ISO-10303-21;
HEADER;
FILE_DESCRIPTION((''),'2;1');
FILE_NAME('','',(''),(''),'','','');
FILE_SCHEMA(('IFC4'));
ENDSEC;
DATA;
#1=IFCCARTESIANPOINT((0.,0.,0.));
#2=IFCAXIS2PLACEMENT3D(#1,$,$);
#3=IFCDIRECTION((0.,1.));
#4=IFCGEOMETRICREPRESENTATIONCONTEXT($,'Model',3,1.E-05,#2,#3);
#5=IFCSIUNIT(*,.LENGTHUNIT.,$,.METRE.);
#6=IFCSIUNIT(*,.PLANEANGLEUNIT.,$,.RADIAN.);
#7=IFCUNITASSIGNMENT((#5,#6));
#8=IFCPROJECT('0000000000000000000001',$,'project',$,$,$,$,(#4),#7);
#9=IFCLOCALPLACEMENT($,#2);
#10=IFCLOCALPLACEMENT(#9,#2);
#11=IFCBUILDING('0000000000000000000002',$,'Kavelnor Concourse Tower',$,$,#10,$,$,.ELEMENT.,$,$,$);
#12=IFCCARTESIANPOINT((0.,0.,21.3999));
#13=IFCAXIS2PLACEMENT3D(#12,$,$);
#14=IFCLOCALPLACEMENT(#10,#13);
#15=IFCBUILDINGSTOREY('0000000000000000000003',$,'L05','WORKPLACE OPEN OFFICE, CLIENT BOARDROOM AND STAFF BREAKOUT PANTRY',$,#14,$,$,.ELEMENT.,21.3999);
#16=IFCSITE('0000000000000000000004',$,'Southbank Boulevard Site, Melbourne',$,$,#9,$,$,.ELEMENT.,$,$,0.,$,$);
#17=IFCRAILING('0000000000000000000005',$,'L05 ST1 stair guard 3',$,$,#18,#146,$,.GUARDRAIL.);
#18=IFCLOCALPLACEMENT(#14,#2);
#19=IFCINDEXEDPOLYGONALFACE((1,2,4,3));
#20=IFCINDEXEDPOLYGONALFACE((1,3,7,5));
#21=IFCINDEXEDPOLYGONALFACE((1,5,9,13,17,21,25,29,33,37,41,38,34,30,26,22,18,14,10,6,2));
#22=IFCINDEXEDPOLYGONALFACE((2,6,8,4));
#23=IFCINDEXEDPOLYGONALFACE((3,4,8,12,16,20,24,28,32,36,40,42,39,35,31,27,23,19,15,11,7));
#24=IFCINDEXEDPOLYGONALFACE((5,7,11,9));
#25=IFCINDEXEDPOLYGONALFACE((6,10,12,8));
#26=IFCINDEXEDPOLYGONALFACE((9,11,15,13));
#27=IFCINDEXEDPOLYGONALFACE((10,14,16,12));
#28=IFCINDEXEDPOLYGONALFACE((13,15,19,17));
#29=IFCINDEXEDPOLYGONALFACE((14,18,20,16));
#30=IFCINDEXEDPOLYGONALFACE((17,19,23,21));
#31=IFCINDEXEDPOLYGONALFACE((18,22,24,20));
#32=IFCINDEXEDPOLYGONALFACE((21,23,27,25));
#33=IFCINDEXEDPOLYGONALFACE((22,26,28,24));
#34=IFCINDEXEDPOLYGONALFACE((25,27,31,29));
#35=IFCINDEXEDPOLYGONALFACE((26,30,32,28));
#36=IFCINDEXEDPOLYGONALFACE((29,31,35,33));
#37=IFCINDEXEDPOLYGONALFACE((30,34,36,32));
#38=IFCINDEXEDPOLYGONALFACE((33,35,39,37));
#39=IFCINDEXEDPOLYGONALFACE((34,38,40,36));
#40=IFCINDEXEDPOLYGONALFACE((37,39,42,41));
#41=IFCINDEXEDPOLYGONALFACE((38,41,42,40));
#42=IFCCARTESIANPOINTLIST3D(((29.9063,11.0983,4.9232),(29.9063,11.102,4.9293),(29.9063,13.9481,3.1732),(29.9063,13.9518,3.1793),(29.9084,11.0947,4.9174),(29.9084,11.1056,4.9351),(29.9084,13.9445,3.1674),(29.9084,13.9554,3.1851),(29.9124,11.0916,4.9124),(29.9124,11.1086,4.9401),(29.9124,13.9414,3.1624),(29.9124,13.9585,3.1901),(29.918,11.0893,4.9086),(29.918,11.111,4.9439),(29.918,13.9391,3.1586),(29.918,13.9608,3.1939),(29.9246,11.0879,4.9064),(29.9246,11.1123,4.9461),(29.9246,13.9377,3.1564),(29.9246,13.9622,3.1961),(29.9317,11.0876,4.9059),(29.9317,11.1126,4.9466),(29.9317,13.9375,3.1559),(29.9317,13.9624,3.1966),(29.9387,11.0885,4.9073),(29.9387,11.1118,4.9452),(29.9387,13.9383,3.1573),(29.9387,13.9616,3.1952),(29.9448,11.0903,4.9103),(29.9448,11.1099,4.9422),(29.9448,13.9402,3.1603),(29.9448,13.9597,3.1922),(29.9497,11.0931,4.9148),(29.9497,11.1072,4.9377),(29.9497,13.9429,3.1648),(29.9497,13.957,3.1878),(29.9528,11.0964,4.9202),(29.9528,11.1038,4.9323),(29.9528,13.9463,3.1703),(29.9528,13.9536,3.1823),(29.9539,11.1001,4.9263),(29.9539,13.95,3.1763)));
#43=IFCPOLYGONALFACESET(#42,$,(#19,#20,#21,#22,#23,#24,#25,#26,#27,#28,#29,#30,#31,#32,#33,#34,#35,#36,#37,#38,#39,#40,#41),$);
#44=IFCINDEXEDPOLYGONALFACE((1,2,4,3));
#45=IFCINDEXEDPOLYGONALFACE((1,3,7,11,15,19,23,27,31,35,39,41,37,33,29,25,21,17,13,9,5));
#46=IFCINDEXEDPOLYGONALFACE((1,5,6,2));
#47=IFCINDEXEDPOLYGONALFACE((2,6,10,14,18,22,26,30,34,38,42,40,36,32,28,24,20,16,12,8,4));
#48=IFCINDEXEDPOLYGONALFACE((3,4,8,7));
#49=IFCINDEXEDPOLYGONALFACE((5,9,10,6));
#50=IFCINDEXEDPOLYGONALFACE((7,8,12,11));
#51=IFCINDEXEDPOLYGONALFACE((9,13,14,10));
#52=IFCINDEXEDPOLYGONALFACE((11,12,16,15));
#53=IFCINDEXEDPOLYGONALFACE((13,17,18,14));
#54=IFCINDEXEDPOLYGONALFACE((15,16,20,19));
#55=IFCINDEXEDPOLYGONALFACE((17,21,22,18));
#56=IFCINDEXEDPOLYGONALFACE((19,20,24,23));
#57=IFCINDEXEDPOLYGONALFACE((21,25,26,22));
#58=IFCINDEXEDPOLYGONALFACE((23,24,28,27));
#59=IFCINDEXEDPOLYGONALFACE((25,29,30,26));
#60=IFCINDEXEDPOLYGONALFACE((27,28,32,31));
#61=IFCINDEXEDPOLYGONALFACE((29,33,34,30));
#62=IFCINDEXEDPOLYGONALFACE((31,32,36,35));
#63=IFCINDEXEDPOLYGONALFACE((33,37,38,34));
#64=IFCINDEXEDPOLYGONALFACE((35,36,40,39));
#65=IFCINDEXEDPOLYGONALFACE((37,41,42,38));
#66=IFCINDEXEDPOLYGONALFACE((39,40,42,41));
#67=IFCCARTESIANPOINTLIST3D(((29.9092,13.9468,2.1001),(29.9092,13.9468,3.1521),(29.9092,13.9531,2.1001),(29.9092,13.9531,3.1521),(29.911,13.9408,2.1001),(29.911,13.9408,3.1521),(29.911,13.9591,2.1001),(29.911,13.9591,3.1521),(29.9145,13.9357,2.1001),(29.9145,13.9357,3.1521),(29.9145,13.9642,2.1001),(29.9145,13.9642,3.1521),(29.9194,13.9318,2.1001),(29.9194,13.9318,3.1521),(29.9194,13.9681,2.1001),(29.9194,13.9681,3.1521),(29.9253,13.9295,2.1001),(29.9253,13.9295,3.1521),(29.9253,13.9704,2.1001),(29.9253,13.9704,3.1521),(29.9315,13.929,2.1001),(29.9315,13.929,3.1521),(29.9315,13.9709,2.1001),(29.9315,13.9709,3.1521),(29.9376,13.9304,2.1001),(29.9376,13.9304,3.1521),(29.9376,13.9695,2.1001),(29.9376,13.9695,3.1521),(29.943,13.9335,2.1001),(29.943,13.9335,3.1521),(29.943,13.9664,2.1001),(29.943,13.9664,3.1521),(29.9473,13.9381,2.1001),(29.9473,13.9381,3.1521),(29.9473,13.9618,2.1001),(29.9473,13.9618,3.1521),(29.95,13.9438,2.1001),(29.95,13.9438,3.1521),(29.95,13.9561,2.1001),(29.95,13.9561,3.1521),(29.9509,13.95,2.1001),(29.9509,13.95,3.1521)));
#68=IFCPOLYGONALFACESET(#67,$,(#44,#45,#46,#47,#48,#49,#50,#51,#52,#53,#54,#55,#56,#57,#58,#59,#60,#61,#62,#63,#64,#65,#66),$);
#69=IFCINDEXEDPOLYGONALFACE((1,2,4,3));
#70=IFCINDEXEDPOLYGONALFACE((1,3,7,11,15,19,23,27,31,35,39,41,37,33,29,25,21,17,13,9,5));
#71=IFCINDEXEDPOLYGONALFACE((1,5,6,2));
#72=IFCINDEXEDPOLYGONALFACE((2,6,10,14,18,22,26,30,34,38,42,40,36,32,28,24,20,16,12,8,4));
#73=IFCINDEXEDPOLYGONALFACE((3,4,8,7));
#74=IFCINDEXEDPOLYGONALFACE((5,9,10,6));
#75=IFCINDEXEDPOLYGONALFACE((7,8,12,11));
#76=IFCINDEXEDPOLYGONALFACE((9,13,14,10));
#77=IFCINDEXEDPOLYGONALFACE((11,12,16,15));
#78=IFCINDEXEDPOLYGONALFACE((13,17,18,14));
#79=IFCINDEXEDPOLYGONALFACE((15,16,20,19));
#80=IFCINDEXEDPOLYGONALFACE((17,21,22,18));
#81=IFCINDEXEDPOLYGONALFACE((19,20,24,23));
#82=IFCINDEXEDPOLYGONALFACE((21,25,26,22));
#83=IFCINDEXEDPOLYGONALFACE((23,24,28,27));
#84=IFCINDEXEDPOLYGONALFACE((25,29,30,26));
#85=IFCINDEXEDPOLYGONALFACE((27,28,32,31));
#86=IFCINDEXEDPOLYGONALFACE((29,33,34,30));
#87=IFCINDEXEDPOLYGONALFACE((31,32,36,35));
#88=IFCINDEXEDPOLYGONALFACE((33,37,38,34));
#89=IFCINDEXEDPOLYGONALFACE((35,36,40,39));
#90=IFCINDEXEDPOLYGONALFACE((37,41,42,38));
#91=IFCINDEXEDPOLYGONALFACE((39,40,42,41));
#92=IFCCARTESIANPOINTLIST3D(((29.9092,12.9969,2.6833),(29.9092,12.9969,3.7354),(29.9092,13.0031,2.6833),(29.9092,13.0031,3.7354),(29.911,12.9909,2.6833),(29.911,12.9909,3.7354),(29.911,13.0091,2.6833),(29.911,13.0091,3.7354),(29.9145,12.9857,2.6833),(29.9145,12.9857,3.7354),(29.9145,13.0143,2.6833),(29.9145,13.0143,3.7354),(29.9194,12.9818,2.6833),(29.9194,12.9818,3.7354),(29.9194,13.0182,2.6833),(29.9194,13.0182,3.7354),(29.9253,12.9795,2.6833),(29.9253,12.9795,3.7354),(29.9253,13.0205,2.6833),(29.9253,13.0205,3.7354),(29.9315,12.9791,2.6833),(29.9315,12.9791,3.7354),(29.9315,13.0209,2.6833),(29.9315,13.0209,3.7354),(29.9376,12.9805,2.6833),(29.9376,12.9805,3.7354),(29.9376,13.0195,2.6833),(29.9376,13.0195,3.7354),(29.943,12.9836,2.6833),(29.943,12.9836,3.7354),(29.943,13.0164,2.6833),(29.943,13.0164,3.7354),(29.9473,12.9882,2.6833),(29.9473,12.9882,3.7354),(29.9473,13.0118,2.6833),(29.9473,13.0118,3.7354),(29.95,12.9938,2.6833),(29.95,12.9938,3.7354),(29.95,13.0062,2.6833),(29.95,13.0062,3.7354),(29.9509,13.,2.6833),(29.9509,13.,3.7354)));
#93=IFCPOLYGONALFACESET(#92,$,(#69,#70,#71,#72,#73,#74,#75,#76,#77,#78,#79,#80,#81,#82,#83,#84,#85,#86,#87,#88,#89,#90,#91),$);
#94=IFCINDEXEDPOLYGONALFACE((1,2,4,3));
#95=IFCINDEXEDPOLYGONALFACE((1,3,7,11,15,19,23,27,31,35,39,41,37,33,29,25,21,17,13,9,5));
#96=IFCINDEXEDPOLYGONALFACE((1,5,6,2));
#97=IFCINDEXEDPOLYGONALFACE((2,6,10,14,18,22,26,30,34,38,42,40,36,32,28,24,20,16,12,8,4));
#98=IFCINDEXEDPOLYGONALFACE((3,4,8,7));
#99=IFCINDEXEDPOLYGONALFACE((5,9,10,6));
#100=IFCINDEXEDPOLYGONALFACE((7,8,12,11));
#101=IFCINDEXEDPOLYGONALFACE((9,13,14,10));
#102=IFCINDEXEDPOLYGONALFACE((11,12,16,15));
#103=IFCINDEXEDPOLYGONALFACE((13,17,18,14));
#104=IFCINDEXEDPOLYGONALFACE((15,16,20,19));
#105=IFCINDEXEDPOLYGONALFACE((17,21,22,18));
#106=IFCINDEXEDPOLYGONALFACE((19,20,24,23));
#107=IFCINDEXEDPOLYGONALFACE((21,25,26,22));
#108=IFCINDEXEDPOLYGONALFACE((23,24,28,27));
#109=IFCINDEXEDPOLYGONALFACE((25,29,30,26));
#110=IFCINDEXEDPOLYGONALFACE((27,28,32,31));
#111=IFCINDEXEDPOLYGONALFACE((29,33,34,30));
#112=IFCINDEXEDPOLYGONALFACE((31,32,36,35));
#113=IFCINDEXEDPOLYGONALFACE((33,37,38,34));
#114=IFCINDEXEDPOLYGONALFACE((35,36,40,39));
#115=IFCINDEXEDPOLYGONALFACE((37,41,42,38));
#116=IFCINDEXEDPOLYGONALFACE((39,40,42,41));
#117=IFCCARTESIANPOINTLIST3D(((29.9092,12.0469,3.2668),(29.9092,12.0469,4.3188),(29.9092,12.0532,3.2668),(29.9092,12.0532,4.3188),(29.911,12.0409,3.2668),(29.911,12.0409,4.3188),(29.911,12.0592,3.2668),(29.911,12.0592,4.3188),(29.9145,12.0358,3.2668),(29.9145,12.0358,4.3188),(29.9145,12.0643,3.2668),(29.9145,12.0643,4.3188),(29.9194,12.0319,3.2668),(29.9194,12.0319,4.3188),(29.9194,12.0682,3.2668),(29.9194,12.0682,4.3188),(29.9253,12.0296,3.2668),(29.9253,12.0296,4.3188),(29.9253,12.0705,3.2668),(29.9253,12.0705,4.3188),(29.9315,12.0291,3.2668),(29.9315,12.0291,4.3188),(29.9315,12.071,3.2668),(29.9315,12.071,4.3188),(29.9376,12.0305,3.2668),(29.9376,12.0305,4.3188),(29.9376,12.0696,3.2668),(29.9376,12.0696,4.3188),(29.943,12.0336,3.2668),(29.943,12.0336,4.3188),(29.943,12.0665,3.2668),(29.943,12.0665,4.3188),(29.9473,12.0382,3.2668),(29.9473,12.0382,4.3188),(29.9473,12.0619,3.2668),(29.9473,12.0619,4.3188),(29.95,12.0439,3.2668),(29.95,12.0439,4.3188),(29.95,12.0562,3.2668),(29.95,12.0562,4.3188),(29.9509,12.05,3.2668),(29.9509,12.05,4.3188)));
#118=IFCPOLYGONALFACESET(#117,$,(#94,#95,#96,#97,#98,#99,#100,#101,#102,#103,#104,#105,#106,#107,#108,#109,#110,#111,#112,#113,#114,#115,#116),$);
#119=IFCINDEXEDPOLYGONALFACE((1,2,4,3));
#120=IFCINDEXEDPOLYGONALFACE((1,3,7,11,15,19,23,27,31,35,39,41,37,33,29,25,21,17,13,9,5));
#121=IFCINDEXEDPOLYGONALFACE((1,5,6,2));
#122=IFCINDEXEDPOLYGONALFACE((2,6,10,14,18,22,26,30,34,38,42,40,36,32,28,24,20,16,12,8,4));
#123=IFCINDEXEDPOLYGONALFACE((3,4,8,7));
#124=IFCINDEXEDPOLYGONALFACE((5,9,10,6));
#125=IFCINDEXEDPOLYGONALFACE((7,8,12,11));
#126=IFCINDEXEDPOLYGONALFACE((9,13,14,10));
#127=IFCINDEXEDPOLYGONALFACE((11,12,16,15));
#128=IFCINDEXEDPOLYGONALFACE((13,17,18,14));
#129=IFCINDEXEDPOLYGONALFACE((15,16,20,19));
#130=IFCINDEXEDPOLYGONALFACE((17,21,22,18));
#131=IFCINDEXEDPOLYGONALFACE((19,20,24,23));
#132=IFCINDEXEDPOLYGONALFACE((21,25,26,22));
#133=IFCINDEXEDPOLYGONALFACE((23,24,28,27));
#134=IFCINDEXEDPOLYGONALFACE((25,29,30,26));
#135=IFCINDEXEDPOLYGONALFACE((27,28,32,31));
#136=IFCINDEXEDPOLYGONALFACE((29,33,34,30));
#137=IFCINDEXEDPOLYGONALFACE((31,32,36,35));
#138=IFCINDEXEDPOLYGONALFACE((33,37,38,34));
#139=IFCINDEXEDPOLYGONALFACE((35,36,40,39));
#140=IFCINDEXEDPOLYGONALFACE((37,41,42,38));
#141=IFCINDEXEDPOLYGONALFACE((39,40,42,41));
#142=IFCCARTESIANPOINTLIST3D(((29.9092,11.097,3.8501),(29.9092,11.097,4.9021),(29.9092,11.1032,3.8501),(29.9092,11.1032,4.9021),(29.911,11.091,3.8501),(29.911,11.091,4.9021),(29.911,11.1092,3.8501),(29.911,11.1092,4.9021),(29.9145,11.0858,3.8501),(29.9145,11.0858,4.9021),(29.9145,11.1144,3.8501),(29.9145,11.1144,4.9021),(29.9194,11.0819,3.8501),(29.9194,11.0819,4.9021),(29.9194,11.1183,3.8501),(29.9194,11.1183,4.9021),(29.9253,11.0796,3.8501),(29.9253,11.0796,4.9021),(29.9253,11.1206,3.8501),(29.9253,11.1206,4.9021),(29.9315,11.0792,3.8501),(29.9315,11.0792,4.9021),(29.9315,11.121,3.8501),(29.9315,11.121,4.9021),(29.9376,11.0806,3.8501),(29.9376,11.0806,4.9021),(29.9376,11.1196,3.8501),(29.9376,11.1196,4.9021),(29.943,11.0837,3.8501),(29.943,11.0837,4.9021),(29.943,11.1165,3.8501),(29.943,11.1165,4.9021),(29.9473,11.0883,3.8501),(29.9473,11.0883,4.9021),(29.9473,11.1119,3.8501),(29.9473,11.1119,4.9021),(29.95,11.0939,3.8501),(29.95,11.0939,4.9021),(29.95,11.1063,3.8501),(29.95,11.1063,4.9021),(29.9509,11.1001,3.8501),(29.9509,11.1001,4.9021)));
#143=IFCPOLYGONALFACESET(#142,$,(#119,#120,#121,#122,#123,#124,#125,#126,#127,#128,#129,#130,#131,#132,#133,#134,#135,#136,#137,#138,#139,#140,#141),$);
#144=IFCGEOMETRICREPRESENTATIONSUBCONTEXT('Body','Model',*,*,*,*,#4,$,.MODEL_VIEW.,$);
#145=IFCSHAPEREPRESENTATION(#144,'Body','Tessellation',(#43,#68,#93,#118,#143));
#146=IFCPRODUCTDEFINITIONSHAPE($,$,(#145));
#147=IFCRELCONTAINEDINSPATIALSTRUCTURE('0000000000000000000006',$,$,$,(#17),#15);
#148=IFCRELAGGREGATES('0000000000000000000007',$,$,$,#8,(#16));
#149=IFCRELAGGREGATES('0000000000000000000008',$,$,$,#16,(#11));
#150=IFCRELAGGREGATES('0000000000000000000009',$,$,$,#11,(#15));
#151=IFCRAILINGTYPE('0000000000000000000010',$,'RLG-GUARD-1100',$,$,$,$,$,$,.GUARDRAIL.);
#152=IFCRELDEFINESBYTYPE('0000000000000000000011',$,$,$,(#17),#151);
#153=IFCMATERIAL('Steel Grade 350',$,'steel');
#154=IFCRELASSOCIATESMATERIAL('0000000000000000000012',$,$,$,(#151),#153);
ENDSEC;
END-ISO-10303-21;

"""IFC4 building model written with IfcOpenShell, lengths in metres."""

from ifc_helpers import new_model, si_unit, direction, frame, origin, origin_2d, place, context, subcontext, project, spatial, circle, extrude, material, type_object, element, save


model = new_model("IFC4")

# Units and contexts
model_context = context("Model", 3, precision=1e-05, world=origin(), true_north=direction((0.0, 1.0)))
body_context = subcontext(model_context, "Body", "Model", "MODEL_VIEW")
ifc_project = project(units=[si_unit("LENGTHUNIT", "METRE"), si_unit("PLANEANGLEUNIT", "RADIAN")], contexts=[model_context])

# Site, building, storey
site_placement = place(None, origin())
site = spatial("IfcSite", under=ifc_project, at=site_placement, Name="Southbank Boulevard Site, Melbourne", CompositionType="ELEMENT", RefElevation=0.0)
building_placement = place(site_placement, origin())
building = spatial("IfcBuilding", under=site, at=building_placement, Name="Kavelnor Concourse Tower", CompositionType="ELEMENT")
storey_placement = place(building_placement, frame((0.0, 0.0, 21.3999)))
storey = spatial("IfcBuildingStorey", under=building, at=storey_placement, Name="L05", Description="WORKPLACE OPEN OFFICE, CLIENT BOARDROOM AND STAFF BREAKOUT PANTRY", CompositionType="ELEMENT", Elevation=21.3999)

# Shared definitions
ifc_material_1 = material(Name="Steel Grade 350", Category="steel")

# Railing
railing_type_1 = type_object("IfcRailingType", Name="RLG-GUARD-1100", PredefinedType="GUARDRAIL", material=ifc_material_1)
railing_1_placement = place(storey_placement, frame((29.9299, 13.95, 2.1001)))
element("IfcRailing", 1, at=railing_1_placement, inside=storey, type_object=railing_type_1, Name="L05 ST1 stair guard 3", PredefinedType="GUARDRAIL", context=body_context, shape_type="SweptSolid", body=[
    extrude(circle(Radius=0.0239, at=origin_2d()), frame((0.0, 0.0, 1.0762), z_axis=(0.0, -0.852159, 0.523283), x_axis=(1.0, 0.0, 0.0)), (0.0, 0.0, 1.0), 3.3442),
    extrude(circle(Radius=0.021, at=origin_2d()), origin(), (0.0, 0.0, 1.0), 1.052),
    extrude(circle(Radius=0.021, at=origin_2d()), frame((0.0, -0.95, 0.5833)), (0.0, 0.0, 1.0), 1.052),
    extrude(circle(Radius=0.021, at=origin_2d()), frame((0.0, -1.8999, 1.1667)), (0.0, 0.0, 1.0), 1.052),
    extrude(circle(Radius=0.021, at=origin_2d()), frame((0.0, -2.8499, 1.75)), (0.0, 0.0, 1.0), 1.052),
])

save(model, "model.ifc")
